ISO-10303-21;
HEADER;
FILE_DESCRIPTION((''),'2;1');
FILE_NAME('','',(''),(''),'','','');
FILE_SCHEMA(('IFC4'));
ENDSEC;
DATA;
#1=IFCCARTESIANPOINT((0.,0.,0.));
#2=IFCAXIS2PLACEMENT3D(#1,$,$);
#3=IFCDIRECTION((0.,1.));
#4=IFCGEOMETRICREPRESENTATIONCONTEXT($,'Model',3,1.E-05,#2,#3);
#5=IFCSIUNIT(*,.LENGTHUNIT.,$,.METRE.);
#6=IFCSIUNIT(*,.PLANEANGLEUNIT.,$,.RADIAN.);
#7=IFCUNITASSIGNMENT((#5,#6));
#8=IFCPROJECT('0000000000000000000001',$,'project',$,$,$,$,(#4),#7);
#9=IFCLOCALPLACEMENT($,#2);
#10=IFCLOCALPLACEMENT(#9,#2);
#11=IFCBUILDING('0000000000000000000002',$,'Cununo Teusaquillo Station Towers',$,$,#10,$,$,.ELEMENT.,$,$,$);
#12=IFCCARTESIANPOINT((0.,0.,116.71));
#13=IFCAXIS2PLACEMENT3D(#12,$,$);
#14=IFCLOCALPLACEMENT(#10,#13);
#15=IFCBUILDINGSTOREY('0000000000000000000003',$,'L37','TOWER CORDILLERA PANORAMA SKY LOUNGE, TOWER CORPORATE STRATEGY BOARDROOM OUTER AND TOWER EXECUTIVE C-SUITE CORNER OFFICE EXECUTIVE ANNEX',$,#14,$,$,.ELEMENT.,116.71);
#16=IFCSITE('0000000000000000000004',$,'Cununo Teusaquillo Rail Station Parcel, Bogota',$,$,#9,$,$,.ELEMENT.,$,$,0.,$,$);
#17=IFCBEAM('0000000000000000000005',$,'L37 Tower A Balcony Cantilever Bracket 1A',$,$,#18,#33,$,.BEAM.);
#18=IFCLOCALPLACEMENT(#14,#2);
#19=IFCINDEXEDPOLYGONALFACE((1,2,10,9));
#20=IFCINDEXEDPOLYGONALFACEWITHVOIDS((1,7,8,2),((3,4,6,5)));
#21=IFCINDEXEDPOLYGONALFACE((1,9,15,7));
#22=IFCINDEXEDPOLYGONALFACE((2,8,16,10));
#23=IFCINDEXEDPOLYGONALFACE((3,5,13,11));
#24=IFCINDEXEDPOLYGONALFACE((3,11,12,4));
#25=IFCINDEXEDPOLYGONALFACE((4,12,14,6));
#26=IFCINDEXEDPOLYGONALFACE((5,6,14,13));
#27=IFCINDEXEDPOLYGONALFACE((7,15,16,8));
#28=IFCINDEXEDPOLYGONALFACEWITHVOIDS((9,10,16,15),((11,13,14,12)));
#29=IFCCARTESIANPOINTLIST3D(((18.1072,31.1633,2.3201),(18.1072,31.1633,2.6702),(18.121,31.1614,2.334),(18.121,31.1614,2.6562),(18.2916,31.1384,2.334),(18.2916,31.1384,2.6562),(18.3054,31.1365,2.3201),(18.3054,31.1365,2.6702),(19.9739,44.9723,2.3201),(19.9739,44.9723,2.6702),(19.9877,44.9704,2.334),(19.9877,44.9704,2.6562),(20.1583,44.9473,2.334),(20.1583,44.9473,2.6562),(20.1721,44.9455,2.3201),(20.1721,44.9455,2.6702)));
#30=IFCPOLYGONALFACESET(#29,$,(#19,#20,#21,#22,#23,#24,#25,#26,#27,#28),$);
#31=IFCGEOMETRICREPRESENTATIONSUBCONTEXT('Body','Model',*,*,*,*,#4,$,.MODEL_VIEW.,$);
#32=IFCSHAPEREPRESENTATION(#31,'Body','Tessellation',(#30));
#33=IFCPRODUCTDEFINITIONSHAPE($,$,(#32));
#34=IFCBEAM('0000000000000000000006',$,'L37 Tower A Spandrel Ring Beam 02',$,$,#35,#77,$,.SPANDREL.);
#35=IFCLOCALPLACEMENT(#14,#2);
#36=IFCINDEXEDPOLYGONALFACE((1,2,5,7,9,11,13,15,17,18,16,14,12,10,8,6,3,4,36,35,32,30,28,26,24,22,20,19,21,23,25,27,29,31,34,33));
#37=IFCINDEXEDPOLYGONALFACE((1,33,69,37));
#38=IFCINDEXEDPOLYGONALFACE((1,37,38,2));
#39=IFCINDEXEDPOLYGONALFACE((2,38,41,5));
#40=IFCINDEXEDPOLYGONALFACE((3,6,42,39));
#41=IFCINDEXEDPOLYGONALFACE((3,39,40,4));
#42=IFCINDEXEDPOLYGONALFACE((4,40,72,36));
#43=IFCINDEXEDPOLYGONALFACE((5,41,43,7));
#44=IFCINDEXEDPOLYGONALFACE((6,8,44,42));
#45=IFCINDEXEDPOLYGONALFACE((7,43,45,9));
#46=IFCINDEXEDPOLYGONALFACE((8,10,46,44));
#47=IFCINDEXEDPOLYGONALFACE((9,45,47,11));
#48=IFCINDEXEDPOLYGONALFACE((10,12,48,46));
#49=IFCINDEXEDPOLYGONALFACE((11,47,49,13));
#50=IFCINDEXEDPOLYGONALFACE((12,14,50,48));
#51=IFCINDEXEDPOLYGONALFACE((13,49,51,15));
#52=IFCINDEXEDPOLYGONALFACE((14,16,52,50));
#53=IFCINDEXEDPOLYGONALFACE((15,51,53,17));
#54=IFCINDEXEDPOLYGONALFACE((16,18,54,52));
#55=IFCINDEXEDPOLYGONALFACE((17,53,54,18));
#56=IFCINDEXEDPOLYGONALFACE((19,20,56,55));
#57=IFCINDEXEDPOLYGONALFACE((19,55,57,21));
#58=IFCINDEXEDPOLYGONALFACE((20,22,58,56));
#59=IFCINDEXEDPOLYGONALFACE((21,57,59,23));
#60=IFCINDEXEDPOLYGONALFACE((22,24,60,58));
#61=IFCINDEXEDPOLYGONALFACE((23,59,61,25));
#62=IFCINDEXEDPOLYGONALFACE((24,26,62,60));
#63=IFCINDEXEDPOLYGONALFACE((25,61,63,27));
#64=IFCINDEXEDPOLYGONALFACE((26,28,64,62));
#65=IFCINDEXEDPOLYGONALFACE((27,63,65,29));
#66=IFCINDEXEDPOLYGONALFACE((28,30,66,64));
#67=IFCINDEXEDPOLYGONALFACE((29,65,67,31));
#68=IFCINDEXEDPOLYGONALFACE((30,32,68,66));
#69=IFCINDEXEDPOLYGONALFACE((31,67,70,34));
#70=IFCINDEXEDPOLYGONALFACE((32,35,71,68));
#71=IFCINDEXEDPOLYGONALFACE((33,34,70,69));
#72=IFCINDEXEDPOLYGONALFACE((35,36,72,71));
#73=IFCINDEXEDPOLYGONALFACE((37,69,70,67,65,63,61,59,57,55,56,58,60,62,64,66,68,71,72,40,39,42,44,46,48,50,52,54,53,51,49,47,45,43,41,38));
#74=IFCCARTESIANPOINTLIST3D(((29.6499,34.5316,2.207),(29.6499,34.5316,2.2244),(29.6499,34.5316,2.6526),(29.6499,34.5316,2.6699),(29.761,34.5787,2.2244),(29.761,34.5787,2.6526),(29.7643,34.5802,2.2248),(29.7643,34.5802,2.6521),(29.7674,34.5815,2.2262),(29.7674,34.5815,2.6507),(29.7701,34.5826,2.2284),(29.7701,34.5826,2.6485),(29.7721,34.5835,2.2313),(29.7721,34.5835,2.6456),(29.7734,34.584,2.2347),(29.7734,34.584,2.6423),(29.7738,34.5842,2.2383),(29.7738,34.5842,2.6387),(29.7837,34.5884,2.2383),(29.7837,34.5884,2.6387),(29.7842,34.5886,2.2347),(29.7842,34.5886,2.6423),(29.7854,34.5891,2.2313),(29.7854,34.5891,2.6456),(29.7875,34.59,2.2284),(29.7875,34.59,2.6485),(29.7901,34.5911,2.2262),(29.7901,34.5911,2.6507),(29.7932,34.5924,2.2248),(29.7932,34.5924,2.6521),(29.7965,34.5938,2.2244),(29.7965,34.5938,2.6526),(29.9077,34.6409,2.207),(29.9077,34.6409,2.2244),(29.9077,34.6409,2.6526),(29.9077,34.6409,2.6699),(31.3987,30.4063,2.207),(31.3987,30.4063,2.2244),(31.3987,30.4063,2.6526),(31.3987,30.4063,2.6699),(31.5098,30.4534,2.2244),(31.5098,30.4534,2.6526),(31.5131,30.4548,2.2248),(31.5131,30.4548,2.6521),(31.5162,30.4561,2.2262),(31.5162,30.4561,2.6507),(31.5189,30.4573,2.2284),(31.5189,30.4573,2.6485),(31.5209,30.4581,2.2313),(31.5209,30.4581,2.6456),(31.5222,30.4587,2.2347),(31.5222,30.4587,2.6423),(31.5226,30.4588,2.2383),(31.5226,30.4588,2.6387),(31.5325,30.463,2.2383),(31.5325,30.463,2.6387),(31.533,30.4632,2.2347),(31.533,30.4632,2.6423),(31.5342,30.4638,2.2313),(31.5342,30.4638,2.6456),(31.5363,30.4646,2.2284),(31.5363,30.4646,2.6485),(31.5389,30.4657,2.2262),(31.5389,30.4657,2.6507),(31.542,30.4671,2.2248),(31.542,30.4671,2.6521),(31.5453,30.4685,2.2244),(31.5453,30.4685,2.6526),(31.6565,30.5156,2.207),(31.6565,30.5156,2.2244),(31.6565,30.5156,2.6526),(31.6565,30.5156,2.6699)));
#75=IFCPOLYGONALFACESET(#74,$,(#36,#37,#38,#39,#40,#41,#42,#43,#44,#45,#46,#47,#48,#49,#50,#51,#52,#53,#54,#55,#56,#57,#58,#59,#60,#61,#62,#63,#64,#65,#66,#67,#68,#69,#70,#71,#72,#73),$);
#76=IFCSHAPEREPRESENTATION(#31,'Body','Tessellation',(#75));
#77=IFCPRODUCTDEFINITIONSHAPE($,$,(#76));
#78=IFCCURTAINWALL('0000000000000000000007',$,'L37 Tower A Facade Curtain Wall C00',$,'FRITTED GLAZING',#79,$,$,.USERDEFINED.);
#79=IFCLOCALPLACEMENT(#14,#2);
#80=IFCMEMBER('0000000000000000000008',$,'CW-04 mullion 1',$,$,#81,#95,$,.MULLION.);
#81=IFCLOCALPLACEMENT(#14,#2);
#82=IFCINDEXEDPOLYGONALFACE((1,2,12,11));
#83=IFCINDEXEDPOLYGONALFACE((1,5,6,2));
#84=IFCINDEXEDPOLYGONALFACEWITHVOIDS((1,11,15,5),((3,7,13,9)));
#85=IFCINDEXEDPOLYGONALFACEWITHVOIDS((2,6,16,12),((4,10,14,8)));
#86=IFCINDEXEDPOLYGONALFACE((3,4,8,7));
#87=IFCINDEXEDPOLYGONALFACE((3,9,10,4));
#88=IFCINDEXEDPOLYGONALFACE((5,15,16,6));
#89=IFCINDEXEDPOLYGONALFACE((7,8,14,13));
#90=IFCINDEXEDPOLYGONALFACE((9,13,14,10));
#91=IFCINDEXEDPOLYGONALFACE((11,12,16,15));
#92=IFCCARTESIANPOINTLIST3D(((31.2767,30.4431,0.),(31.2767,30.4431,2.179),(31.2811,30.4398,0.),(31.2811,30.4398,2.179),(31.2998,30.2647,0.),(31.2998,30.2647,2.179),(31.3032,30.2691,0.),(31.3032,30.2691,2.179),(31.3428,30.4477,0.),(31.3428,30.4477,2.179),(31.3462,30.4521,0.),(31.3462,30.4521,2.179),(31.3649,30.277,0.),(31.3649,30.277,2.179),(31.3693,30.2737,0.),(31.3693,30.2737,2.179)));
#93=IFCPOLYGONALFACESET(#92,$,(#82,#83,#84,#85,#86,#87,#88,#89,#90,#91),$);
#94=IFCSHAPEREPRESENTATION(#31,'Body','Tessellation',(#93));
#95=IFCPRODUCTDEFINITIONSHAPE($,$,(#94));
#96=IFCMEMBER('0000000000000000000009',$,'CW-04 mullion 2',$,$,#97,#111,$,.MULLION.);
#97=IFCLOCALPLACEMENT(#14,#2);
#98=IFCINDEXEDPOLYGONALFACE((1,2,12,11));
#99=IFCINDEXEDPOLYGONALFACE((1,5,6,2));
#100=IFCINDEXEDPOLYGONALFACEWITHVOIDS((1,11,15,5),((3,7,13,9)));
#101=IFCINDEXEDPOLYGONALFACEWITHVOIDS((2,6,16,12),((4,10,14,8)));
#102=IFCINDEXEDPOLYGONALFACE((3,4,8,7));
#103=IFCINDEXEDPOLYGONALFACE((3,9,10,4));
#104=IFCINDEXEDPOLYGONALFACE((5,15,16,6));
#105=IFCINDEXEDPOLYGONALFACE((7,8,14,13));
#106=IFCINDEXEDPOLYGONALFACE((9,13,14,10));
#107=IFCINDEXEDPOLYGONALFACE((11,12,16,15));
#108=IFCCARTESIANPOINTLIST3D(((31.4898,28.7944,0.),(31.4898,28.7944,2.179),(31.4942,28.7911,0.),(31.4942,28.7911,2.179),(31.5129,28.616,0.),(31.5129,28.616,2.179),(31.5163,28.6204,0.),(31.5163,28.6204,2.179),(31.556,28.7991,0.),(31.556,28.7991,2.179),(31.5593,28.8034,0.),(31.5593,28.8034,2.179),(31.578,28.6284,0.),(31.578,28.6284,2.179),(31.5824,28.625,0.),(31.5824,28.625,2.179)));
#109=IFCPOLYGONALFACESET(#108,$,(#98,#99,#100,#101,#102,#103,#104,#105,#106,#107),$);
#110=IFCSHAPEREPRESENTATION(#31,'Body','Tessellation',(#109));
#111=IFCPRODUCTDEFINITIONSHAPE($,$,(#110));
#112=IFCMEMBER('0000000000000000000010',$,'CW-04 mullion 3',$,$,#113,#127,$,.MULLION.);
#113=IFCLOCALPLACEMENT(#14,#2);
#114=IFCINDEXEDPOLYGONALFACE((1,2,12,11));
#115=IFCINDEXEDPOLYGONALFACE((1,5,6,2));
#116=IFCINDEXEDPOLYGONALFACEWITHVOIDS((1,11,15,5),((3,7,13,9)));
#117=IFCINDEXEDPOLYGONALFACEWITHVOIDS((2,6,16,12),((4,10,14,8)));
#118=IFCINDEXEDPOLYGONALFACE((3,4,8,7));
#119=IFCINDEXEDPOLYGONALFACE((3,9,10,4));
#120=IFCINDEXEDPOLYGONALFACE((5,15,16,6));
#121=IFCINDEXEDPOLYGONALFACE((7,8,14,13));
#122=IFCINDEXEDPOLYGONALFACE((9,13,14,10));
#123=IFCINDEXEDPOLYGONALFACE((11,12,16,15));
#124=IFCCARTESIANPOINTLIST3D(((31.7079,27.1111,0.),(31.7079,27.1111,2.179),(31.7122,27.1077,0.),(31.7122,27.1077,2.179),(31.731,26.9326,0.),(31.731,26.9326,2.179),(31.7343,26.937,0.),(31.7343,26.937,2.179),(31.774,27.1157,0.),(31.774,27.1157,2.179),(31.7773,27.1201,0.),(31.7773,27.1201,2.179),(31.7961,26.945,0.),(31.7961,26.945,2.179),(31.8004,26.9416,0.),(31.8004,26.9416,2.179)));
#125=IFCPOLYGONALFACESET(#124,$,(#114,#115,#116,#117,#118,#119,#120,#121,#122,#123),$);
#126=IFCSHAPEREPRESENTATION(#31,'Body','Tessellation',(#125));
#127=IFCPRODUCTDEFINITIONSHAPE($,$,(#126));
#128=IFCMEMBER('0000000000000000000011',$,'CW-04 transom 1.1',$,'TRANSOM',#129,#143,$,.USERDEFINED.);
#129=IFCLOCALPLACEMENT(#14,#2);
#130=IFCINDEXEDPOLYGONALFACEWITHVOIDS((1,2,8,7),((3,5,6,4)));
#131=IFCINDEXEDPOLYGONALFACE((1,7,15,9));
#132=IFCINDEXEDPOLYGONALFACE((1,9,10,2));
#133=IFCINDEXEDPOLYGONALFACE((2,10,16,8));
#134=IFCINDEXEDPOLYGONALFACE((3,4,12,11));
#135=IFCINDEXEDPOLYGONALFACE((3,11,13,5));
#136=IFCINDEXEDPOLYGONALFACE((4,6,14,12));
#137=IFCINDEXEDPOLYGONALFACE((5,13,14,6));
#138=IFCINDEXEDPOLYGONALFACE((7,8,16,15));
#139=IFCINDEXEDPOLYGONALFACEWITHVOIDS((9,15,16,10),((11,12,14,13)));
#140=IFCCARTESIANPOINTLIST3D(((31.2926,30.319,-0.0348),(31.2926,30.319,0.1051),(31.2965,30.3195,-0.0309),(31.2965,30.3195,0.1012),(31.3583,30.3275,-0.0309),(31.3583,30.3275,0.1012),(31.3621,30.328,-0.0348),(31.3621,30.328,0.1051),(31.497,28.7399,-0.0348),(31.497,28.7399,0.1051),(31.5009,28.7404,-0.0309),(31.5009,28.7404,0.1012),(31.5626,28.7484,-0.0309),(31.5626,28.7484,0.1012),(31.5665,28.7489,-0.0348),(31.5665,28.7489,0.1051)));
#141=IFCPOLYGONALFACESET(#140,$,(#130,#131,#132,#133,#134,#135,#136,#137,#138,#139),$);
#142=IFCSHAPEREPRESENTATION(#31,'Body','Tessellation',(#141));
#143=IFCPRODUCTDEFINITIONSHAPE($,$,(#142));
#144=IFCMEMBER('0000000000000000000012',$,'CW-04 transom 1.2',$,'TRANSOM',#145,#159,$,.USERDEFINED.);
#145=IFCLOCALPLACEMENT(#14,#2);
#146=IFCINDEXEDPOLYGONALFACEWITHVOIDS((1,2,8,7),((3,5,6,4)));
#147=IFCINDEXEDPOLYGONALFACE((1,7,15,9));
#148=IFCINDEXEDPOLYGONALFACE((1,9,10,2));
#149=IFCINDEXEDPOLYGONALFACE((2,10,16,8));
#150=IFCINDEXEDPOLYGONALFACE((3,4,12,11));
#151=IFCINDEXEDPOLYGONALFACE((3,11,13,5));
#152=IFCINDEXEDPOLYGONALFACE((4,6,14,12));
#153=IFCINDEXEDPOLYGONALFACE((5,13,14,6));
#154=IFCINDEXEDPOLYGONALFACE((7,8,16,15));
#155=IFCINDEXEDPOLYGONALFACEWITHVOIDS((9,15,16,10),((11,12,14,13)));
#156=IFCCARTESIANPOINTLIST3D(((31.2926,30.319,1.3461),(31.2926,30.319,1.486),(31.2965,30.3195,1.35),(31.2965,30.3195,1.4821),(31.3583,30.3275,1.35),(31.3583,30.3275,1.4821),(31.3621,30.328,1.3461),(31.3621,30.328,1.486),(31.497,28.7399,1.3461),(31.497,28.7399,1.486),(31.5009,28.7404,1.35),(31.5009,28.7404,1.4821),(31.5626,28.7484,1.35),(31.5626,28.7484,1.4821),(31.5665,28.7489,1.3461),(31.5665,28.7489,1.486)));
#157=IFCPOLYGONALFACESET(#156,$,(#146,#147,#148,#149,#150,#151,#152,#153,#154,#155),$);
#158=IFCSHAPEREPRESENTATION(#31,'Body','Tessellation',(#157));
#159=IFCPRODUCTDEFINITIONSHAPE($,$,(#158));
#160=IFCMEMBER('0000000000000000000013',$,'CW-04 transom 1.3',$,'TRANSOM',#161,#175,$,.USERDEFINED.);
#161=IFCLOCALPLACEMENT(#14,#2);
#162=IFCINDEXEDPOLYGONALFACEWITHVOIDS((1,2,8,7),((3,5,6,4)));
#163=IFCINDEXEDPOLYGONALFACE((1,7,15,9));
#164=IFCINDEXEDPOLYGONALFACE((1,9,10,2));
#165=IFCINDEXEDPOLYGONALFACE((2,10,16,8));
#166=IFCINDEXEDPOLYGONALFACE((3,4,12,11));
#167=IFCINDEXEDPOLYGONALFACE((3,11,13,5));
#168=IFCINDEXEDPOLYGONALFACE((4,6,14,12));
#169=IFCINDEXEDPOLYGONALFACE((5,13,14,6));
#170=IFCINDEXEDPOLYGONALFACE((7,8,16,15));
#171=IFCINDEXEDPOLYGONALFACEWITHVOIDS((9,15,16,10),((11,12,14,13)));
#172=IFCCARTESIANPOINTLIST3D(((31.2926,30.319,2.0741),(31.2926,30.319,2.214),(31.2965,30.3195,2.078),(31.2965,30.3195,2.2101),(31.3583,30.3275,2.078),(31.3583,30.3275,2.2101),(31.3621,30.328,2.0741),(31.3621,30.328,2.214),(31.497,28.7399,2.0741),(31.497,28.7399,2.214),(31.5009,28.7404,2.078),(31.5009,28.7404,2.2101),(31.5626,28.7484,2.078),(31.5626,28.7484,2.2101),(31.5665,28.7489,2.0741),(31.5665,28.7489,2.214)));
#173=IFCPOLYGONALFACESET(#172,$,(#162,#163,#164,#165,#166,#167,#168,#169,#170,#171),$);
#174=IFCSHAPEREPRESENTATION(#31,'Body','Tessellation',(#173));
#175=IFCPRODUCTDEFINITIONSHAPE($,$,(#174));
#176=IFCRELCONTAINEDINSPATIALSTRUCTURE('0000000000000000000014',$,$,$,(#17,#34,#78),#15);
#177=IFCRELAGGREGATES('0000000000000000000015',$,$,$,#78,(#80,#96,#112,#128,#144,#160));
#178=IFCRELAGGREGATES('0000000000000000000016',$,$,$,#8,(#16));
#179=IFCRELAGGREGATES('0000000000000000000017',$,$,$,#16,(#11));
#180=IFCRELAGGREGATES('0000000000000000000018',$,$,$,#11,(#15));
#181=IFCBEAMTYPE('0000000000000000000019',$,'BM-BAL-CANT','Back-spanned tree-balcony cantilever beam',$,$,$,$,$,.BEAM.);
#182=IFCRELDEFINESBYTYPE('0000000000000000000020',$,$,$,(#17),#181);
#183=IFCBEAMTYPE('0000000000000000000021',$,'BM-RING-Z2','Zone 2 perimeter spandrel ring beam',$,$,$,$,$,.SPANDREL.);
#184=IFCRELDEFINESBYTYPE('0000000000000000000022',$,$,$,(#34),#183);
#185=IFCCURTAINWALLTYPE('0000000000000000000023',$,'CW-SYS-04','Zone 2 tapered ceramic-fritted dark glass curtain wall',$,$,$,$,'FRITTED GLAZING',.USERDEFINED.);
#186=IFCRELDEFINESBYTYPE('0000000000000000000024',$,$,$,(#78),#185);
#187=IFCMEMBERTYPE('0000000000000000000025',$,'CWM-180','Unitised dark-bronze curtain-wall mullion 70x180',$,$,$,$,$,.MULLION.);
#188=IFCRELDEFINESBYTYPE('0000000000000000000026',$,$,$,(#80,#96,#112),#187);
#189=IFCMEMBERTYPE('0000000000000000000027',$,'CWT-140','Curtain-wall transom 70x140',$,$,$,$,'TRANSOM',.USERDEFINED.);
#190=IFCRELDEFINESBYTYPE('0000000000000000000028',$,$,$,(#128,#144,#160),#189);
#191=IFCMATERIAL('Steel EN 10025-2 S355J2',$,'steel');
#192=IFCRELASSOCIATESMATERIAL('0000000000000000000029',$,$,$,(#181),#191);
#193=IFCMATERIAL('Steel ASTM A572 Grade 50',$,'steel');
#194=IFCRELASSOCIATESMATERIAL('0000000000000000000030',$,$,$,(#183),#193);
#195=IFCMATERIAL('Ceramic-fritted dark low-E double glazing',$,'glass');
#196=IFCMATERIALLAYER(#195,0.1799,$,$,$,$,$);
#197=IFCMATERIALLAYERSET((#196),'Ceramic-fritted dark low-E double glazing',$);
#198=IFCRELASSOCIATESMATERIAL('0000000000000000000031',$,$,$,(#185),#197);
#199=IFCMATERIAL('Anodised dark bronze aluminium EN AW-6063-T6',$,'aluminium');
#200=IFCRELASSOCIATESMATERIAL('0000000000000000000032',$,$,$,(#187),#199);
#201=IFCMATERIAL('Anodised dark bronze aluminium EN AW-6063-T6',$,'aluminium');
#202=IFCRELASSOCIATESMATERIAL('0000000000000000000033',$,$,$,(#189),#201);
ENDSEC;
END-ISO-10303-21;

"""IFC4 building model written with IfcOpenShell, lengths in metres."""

from ifc_helpers import new_model, si_unit, direction, frame, origin, origin_2d, place, context, subcontext, project, spatial, hollow_rectangle, i_section, extrude, material, layer, layer_set, material_profile, profile_set, type_object, element, aggregate, save


model = new_model("IFC4")

# Units and contexts
model_context = context("Model", 3, precision=1e-05, world=origin(), true_north=direction((0.0, 1.0)))
body_context = subcontext(model_context, "Body", "Model", "MODEL_VIEW")
ifc_project = project(units=[si_unit("LENGTHUNIT", "METRE"), si_unit("PLANEANGLEUNIT", "RADIAN")], contexts=[model_context])

# Site, building, storey
site_placement = place(None, origin())
site = spatial("IfcSite", under=ifc_project, at=site_placement, Name="Cununo Teusaquillo Rail Station Parcel, Bogota", CompositionType="ELEMENT", RefElevation=0.0)
building_placement = place(site_placement, origin())
building = spatial("IfcBuilding", under=site, at=building_placement, Name="Cununo Teusaquillo Station Towers", CompositionType="ELEMENT")
storey_placement = place(building_placement, frame((0.0, 0.0, 116.71)))
storey = spatial("IfcBuildingStorey", under=building, at=storey_placement, Name="L37", Description="TOWER CORDILLERA PANORAMA SKY LOUNGE, TOWER CORPORATE STRATEGY BOARDROOM OUTER AND TOWER EXECUTIVE C-SUITE CORNER OFFICE EXECUTIVE ANNEX", CompositionType="ELEMENT", Elevation=116.71)

# Beams
ifc_material_1 = material(Name="Steel EN 10025-2 S355J2", Category="steel")
ifc_material_profile_1 = material_profile(ifc_material_1, hollow_rectangle(XDim=0.2, YDim=0.3501, WallThickness=0.0139, at=origin_2d()), Name="RHS 350x200x14")
ifc_profile_set_1 = profile_set([ifc_material_profile_1], Name="Steel EN 10025-2 S355J2")
beam_type_1 = type_object("IfcBeamType", Name="BM-BAL-CANT", Description="Back-spanned tree-balcony cantilever beam", PredefinedType="BEAM", material=ifc_profile_set_1)
beam_1_placement = place(storey_placement, frame((18.2063, 31.1499, 2.4951), z_axis=(0.133961, 0.990987, 0.0), x_axis=(-0.990987, 0.133961, 0.0)))
element("IfcBeam", 1, at=beam_1_placement, inside=storey, type_object=beam_type_1, Name="L37 Tower A Balcony Cantilever Bracket 1A", PredefinedType="BEAM", context=body_context, shape_type="SweptSolid", body=[
    extrude(hollow_rectangle(XDim=0.2, YDim=0.3501, WallThickness=0.0139, at=origin_2d()), origin(), (0.0, 0.0, 1.0), 13.9346),
])
ifc_material_2 = material(Name="Steel ASTM A572 Grade 50", Category="steel")
ifc_material_profile_2 = material_profile(ifc_material_2, i_section(OverallWidth=0.28, OverallDepth=0.4629, WebThickness=0.0107, FlangeThickness=0.0173, FilletRadius=0.0139, at=origin_2d()), Name="W18X76")
ifc_profile_set_2 = profile_set([ifc_material_profile_2], Name="Steel ASTM A572 Grade 50")
beam_type_2 = type_object("IfcBeamType", Name="BM-RING-Z2", Description="Zone 2 perimeter spandrel ring beam", PredefinedType="SPANDREL", material=ifc_profile_set_2)
beam_2_placement = place(storey_placement, frame((31.5276, 30.4609, 2.4385), z_axis=(-0.390299, 0.920688, 0.0), x_axis=(-0.920688, -0.390299, 0.0)))
element("IfcBeam", 2, at=beam_2_placement, inside=storey, type_object=beam_type_2, Name="L37 Tower A Spandrel Ring Beam 02", PredefinedType="SPANDREL", context=body_context, shape_type="SweptSolid", body=[
    extrude(i_section(OverallWidth=0.28, OverallDepth=0.4629, WebThickness=0.0107, FlangeThickness=0.0173, FilletRadius=0.0139, at=origin_2d()), origin(), (0.0, 0.0, 1.0), 4.4807),
])

# Curtain wall, members
ifc_material_3 = material(Name="Ceramic-fritted dark low-E double glazing", Category="glass")
ifc_layer_1 = layer(ifc_material_3, 0.1799)
ifc_layer_set_1 = layer_set([ifc_layer_1], Name="Ceramic-fritted dark low-E double glazing")
curtain_wall_type = type_object("IfcCurtainWallType", Name="CW-SYS-04", Description="Zone 2 tapered ceramic-fritted dark glass curtain wall", ElementType="FRITTED GLAZING", PredefinedType="USERDEFINED", material=ifc_layer_set_1)
curtain_wall_placement = place(storey_placement, origin())
curtain_wall = element("IfcCurtainWall", 3, at=curtain_wall_placement, inside=storey, type_object=curtain_wall_type, Name="L37 Tower A Facade Curtain Wall C00", ObjectType="FRITTED GLAZING", PredefinedType="USERDEFINED")
ifc_material_4 = material(Name="Anodised dark bronze aluminium EN AW-6063-T6", Category="aluminium")
ifc_material_profile_3 = material_profile(ifc_material_4, hollow_rectangle(XDim=0.0701, YDim=0.1799, WallThickness=0.0039, at=origin_2d()), Name="CW-MULL-70x180")
ifc_profile_set_3 = profile_set([ifc_material_profile_3], Name="Anodised dark bronze aluminium EN AW-6063-T6")
member_type_1 = type_object("IfcMemberType", Name="CWM-180", Description="Unitised dark-bronze curtain-wall mullion 70x180", PredefinedType="MULLION", material=ifc_profile_set_3)
member_1_placement = place(storey_placement, frame((31.323, 30.3584, 0.0), z_axis=(0.0, 0.0, 1.0), x_axis=(0.991731, 0.128336, 0.0)))
member_1 = element("IfcMember", 4, at=member_1_placement, type_object=member_type_1, Name="CW-04 mullion 1", PredefinedType="MULLION", context=body_context, shape_type="SweptSolid", body=[
    extrude(hollow_rectangle(XDim=0.0701, YDim=0.1799, WallThickness=0.0039, at=origin_2d()), origin(), (0.0, 0.0, 1.0), 2.179),
])
member_2_placement = place(storey_placement, frame((31.5361, 28.7097, 0.0), z_axis=(0.0, 0.0, 1.0), x_axis=(0.991731, 0.128336, 0.0)))
member_2 = element("IfcMember", 5, at=member_2_placement, type_object=member_type_1, Name="CW-04 mullion 2", PredefinedType="MULLION", context=body_context, shape_type="SweptSolid", body=[
    extrude(hollow_rectangle(XDim=0.0701, YDim=0.1799, WallThickness=0.0039, at=origin_2d()), origin(), (0.0, 0.0, 1.0), 2.179),
])
member_3_placement = place(storey_placement, frame((31.7542, 27.0264, 0.0), z_axis=(0.0, 0.0, 1.0), x_axis=(0.991731, 0.128336, 0.0)))
member_3 = element("IfcMember", 6, at=member_3_placement, type_object=member_type_1, Name="CW-04 mullion 3", PredefinedType="MULLION", context=body_context, shape_type="SweptSolid", body=[
    extrude(hollow_rectangle(XDim=0.0701, YDim=0.1799, WallThickness=0.0039, at=origin_2d()), origin(), (0.0, 0.0, 1.0), 2.179),
])
ifc_material_5 = material(Name="Anodised dark bronze aluminium EN AW-6063-T6", Category="aluminium")
ifc_material_profile_4 = material_profile(ifc_material_5, hollow_rectangle(XDim=0.0701, YDim=0.1399, WallThickness=0.0039, at=origin_2d()), Name="CW-TRAN-70x140")
ifc_profile_set_4 = profile_set([ifc_material_profile_4], Name="Anodised dark bronze aluminium EN AW-6063-T6")
member_type_2 = type_object("IfcMemberType", Name="CWT-140", Description="Curtain-wall transom 70x140", ElementType="TRANSOM", PredefinedType="USERDEFINED", material=ifc_profile_set_4)
member_4_placement = place(storey_placement, frame((31.3274, 30.3235, 0.0352), z_axis=(0.128336, -0.991731, 0.0), x_axis=(0.991731, 0.128336, 0.0)))
member_4 = element("IfcMember", 7, at=member_4_placement, type_object=member_type_2, Name="CW-04 transom 1.1", ObjectType="TRANSOM", PredefinedType="USERDEFINED", context=body_context, shape_type="SweptSolid", body=[
    extrude(hollow_rectangle(XDim=0.0701, YDim=0.1399, WallThickness=0.0039, at=origin_2d()), origin(), (0.0, 0.0, 1.0), 1.5923),
])
member_5_placement = place(storey_placement, frame((31.3274, 30.3235, 1.416), z_axis=(0.128336, -0.991731, 0.0), x_axis=(0.991731, 0.128336, 0.0)))
member_5 = element("IfcMember", 8, at=member_5_placement, type_object=member_type_2, Name="CW-04 transom 1.2", ObjectType="TRANSOM", PredefinedType="USERDEFINED", context=body_context, shape_type="SweptSolid", body=[
    extrude(hollow_rectangle(XDim=0.0701, YDim=0.1399, WallThickness=0.0039, at=origin_2d()), origin(), (0.0, 0.0, 1.0), 1.5923),
])
member_6_placement = place(storey_placement, frame((31.3274, 30.3235, 2.144), z_axis=(0.128336, -0.991731, 0.0), x_axis=(0.991731, 0.128336, 0.0)))
member_6 = element("IfcMember", 9, at=member_6_placement, type_object=member_type_2, Name="CW-04 transom 1.3", ObjectType="TRANSOM", PredefinedType="USERDEFINED", context=body_context, shape_type="SweptSolid", body=[
    extrude(hollow_rectangle(XDim=0.0701, YDim=0.1399, WallThickness=0.0039, at=origin_2d()), origin(), (0.0, 0.0, 1.0), 1.5923),
])
aggregate(curtain_wall, [member_1, member_2, member_3, member_4, member_5, member_6])

save(model, "model.ifc")
